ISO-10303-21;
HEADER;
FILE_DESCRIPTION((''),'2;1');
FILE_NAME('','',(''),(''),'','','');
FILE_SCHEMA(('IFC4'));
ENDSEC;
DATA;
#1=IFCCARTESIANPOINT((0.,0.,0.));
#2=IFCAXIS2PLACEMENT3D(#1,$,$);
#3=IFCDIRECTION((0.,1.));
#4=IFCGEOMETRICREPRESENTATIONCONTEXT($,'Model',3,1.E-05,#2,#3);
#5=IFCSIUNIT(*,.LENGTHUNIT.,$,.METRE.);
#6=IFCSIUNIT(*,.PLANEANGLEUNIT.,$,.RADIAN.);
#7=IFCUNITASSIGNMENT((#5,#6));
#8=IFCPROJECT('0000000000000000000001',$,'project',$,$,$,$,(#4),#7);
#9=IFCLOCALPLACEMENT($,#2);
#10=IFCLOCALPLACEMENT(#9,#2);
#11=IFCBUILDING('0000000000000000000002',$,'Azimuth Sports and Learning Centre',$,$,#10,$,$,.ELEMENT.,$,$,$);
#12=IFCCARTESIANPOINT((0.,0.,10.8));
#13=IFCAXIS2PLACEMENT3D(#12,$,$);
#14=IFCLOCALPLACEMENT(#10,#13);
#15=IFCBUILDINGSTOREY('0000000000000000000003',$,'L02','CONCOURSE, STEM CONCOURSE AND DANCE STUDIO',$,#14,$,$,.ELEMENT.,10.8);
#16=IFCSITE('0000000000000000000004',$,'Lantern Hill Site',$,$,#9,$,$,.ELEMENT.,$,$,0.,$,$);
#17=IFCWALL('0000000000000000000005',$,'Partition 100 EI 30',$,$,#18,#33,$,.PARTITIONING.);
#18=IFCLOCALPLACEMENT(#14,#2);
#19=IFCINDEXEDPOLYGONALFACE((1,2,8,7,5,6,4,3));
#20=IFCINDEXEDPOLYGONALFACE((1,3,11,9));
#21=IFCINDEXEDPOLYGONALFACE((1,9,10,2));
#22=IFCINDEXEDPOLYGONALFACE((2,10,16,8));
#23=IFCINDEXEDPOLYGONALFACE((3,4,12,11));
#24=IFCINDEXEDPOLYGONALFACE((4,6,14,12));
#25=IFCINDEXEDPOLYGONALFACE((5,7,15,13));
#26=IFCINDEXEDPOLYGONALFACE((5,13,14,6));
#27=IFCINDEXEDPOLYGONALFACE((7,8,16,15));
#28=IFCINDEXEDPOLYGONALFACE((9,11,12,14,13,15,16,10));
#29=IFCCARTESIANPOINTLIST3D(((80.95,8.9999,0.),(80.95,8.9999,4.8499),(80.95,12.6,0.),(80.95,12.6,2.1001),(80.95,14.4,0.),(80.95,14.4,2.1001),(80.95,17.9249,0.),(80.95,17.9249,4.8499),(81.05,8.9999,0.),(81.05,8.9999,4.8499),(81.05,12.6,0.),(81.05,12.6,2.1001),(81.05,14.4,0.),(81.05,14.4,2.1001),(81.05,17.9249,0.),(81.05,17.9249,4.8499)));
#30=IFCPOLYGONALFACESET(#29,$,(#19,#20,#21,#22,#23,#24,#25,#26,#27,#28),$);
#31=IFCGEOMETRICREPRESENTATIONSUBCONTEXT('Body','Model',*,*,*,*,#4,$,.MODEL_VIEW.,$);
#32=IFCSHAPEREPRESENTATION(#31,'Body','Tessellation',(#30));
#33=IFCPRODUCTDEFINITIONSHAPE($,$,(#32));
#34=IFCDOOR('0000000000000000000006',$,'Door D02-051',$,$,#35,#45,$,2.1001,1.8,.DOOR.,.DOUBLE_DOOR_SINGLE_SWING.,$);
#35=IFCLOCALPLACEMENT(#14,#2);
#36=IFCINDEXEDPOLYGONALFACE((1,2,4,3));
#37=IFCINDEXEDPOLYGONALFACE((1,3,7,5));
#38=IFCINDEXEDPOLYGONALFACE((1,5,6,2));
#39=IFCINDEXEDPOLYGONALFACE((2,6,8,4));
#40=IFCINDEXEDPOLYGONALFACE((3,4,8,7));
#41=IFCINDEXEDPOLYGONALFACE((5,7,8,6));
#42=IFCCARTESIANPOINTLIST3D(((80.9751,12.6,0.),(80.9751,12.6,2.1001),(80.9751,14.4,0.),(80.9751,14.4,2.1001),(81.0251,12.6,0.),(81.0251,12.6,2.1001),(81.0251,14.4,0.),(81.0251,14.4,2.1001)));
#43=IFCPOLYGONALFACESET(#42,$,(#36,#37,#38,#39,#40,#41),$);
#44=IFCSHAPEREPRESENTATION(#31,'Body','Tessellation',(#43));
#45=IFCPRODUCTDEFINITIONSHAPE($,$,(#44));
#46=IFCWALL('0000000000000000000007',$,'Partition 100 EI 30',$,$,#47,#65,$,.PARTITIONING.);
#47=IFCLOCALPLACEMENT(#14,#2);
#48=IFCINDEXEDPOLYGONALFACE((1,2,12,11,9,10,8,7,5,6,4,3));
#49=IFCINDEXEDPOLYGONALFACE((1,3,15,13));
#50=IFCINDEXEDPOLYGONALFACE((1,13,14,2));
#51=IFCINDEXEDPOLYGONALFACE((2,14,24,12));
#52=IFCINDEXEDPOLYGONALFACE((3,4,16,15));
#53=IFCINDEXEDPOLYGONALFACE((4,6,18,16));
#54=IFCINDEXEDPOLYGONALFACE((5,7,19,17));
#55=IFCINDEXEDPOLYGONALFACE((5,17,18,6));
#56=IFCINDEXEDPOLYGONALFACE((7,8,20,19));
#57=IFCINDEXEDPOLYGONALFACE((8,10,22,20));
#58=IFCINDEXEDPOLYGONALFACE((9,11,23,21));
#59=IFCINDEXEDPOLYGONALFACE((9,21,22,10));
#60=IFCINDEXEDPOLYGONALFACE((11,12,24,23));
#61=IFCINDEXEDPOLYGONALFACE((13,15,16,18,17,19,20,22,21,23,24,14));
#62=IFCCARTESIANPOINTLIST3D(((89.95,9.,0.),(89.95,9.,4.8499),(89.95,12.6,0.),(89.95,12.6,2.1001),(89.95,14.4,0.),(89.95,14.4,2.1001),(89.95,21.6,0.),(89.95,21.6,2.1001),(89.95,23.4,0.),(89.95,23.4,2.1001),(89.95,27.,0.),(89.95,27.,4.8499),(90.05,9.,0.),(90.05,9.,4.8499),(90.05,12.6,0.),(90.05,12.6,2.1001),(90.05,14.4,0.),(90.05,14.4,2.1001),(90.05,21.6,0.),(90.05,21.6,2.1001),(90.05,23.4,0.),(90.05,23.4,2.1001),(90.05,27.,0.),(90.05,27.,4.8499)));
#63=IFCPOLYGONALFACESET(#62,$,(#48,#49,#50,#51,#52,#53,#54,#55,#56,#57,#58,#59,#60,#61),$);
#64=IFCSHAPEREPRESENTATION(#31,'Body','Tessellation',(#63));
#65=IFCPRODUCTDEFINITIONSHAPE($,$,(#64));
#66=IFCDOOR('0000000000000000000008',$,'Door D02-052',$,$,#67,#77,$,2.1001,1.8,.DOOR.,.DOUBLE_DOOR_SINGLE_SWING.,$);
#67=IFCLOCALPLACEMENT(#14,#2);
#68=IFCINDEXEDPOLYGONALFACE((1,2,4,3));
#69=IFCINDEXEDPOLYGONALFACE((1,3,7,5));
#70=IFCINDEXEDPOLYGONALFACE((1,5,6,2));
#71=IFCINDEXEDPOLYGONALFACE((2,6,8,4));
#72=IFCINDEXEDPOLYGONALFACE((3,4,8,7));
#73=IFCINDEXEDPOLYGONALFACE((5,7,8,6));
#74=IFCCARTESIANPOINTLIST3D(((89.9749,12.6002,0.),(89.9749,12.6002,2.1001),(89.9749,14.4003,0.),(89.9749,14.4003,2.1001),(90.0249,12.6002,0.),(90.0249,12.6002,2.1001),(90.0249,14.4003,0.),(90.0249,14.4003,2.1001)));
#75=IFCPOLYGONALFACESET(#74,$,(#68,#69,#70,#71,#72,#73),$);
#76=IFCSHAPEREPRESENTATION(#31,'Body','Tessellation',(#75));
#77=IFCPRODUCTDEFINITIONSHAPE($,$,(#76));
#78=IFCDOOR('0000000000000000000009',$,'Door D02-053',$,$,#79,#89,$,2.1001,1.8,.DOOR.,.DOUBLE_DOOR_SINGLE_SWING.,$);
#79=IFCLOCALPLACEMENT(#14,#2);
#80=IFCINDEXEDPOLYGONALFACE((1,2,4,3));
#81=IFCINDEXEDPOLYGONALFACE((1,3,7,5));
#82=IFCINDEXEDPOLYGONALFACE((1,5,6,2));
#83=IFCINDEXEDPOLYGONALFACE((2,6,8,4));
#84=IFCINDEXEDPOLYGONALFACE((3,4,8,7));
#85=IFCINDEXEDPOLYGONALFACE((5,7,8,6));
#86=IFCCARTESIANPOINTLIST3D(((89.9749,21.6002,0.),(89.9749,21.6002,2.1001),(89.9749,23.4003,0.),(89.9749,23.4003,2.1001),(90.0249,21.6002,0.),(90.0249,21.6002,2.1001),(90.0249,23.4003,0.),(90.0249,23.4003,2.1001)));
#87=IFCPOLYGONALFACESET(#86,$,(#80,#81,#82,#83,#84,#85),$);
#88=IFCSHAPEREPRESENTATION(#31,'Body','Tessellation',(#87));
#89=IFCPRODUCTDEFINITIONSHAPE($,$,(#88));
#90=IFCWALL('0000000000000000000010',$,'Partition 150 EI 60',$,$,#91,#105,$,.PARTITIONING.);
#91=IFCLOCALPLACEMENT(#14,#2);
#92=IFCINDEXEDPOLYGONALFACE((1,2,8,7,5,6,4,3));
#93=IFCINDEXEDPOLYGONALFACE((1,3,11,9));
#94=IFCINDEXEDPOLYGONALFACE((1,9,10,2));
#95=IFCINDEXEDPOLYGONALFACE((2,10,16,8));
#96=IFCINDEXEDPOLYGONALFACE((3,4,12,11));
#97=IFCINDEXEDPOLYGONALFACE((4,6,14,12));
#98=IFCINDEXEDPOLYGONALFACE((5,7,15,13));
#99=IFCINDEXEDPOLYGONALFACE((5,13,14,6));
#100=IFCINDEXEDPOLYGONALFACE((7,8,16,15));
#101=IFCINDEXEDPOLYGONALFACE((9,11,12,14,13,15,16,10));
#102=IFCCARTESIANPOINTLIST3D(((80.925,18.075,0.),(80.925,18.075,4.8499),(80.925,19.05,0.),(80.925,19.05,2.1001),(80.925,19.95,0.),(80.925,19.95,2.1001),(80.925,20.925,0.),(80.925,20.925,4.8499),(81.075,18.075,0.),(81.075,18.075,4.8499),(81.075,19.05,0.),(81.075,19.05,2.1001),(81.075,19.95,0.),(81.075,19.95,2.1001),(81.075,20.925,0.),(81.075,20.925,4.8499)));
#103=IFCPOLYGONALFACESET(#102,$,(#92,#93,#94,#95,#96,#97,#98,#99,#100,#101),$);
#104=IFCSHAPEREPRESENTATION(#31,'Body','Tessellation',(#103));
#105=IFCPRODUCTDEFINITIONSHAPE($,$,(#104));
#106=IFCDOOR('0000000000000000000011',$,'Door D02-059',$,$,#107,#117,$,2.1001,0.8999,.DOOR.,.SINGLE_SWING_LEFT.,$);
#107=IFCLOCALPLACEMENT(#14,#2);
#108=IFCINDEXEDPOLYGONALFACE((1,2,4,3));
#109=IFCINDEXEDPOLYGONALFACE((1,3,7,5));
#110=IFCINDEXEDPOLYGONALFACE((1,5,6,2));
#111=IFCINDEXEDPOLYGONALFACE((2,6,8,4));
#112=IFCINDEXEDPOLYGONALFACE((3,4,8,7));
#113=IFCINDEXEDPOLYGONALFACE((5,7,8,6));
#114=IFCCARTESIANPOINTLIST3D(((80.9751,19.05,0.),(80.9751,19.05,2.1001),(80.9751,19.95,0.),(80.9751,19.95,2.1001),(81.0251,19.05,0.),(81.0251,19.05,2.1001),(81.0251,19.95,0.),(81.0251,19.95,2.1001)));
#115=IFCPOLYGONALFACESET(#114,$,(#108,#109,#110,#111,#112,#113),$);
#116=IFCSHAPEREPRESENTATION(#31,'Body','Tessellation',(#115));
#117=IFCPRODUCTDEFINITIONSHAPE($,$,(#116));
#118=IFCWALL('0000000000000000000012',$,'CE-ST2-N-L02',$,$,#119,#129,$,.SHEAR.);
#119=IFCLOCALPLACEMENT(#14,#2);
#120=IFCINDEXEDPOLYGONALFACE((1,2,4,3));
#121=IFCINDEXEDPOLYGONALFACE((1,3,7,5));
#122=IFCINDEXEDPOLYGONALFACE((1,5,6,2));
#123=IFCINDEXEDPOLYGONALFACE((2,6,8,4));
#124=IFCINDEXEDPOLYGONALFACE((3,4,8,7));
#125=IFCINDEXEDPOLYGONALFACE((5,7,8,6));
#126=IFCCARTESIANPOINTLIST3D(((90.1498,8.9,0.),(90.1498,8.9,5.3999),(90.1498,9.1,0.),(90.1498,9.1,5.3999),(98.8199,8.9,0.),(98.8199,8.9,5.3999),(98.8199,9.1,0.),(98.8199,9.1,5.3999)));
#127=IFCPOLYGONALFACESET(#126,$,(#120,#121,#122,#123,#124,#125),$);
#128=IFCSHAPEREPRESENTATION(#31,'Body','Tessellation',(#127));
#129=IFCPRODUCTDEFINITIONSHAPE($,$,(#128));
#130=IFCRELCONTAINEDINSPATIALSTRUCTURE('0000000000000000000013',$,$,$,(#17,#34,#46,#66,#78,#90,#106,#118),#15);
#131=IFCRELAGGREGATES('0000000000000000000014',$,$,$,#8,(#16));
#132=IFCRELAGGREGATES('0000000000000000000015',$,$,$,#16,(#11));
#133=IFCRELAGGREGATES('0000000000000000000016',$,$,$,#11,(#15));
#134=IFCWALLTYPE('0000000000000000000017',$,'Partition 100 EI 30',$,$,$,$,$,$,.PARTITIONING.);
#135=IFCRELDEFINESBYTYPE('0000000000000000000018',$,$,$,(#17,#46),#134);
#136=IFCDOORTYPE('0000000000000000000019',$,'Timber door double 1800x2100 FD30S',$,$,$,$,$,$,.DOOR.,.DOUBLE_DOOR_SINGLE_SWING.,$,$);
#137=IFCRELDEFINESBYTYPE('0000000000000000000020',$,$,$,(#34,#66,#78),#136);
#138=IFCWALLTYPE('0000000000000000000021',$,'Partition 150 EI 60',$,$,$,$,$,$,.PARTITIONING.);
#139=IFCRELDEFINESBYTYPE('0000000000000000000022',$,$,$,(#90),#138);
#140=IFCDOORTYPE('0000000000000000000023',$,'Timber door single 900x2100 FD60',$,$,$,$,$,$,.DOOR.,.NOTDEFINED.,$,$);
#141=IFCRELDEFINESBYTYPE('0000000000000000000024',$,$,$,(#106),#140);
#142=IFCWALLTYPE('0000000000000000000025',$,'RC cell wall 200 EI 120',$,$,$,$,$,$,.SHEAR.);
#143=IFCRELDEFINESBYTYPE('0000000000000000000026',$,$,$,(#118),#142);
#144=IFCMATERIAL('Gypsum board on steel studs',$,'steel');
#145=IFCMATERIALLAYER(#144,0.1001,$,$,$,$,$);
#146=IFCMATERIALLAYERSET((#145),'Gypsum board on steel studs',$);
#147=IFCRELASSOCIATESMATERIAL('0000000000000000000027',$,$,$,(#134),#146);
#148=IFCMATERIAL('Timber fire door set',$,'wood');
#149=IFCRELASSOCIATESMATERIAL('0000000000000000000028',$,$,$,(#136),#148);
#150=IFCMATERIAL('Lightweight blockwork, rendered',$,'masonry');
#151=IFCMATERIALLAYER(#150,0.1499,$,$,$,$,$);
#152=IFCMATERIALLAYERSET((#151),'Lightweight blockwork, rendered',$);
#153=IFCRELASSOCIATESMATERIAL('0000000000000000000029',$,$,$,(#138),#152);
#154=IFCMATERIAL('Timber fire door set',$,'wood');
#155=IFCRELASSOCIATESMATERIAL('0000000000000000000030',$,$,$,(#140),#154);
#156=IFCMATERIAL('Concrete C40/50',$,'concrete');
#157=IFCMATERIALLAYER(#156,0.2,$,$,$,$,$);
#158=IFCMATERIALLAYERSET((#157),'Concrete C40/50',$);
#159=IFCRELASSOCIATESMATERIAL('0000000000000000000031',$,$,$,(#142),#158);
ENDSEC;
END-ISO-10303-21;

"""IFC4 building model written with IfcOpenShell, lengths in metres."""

from ifc_helpers import new_model, si_unit, direction, frame, frame_2d, origin, place, context, subcontext, project, spatial, rectangle, extrude, material, layer, layer_set, type_object, element, fill, save


model = new_model("IFC4")

# Units and contexts
model_context = context("Model", 3, precision=1e-05, world=origin(), true_north=direction((0.0, 1.0)))
body_context = subcontext(model_context, "Body", "Model", "MODEL_VIEW")
ifc_project = project(units=[si_unit("LENGTHUNIT", "METRE"), si_unit("PLANEANGLEUNIT", "RADIAN")], contexts=[model_context])

# Site, building, storey
site_placement = place(None, origin())
site = spatial("IfcSite", under=ifc_project, at=site_placement, Name="Lantern Hill Site", CompositionType="ELEMENT", RefElevation=0.0)
building_placement = place(site_placement, origin())
building = spatial("IfcBuilding", under=site, at=building_placement, Name="Azimuth Sports and Learning Centre", CompositionType="ELEMENT")
storey_placement = place(building_placement, frame((0.0, 0.0, 10.8)))
storey = spatial("IfcBuildingStorey", under=building, at=storey_placement, Name="L02", Description="CONCOURSE, STEM CONCOURSE AND DANCE STUDIO", CompositionType="ELEMENT", Elevation=10.8)

# Wall, opening, door
ifc_material_1 = material(Name="Gypsum board on steel studs", Category="steel")
ifc_layer_1 = layer(ifc_material_1, 0.1001)
ifc_layer_set_1 = layer_set([ifc_layer_1], Name="Gypsum board on steel studs")
wall_type_1 = type_object("IfcWallType", Name="Partition 100 EI 30", PredefinedType="PARTITIONING", material=ifc_layer_set_1)
wall_1_placement = place(storey_placement, frame((81.0, 9.0, 0.0), z_axis=(0.0, 0.0, 1.0), x_axis=(0.0, 1.0, 0.0)))
wall_1 = element("IfcWall", 1, at=wall_1_placement, inside=storey, type_object=wall_type_1, Name="Partition 100 EI 30", PredefinedType="PARTITIONING", context=body_context, shape_type="SweptSolid", body=[
    extrude(rectangle(XDim=8.925, YDim=0.1001, at=frame_2d((4.4624, 0.0))), origin(), (0.0, 0.0, 1.0), 4.8499),
])
opening_1_placement = place(wall_1_placement, frame((3.6001, 0.0, 0.0)))
opening_1 = element("IfcOpeningElement", 2, at=opening_1_placement, cuts=wall_1, PredefinedType="OPENING", context=body_context, shape_type="SweptSolid", body=[
    extrude(rectangle(XDim=1.8, YDim=2.1001, at=frame_2d((0.8999, 1.05))), frame((0.0, 0.061, 0.0), z_axis=(0.0, -1.0, 0.0), x_axis=(1.0, 0.0, 0.0)), (0.0, 0.0, 1.0), 0.1221),
])
ifc_material_2 = material(Name="Timber fire door set", Category="wood")
door_type_1 = type_object("IfcDoorType", Name="Timber door double 1800x2100 FD30S", OperationType="DOUBLE_DOOR_SINGLE_SWING", PredefinedType="DOOR", material=ifc_material_2)
door_1_placement = place(opening_1_placement, origin())
door_1 = element("IfcDoor", 3, at=door_1_placement, inside=storey, type_object=door_type_1, Name="Door D02-051", OperationType="DOUBLE_DOOR_SINGLE_SWING", OverallHeight=2.1001, OverallWidth=1.8, PredefinedType="DOOR", context=body_context, shape_type="SweptSolid", body=[
    extrude(rectangle(XDim=1.8, YDim=2.1001, at=frame_2d((0.8999, 1.05))), frame((0.0, 0.0249, 0.0), z_axis=(0.0, -1.0, 0.0), x_axis=(1.0, 0.0, 0.0)), (0.0, 0.0, 1.0), 0.05),
])
fill(opening_1, door_1)

# Wall, openings, doors
wall_2_placement = place(storey_placement, frame((90.0, 9.0, 0.0), z_axis=(0.0, 0.0, 1.0), x_axis=(0.0, 1.0, 0.0)))
wall_2 = element("IfcWall", 4, at=wall_2_placement, inside=storey, type_object=wall_type_1, Name="Partition 100 EI 30", PredefinedType="PARTITIONING", context=body_context, shape_type="SweptSolid", body=[
    extrude(rectangle(XDim=18.0, YDim=0.1001, at=frame_2d((9.0, 0.0))), origin(), (0.0, 0.0, 1.0), 4.8499),
])
opening_2_placement = place(wall_2_placement, frame((3.6001, 0.0, 0.0)))
opening_2 = element("IfcOpeningElement", 5, at=opening_2_placement, cuts=wall_2, PredefinedType="OPENING", context=body_context, shape_type="SweptSolid", body=[
    extrude(rectangle(XDim=1.8, YDim=2.1001, at=frame_2d((0.8999, 1.05))), frame((0.0, 0.061, 0.0), z_axis=(0.0, -1.0, 0.0), x_axis=(1.0, 0.0, 0.0)), (0.0, 0.0, 1.0), 0.1221),
])
opening_3_placement = place(wall_2_placement, frame((12.6001, 0.0, 0.0)))
opening_3 = element("IfcOpeningElement", 6, at=opening_3_placement, cuts=wall_2, PredefinedType="OPENING", context=body_context, shape_type="SweptSolid", body=[
    extrude(rectangle(XDim=1.8, YDim=2.1001, at=frame_2d((0.8999, 1.05))), frame((0.0, 0.061, 0.0), z_axis=(0.0, -1.0, 0.0), x_axis=(1.0, 0.0, 0.0)), (0.0, 0.0, 1.0), 0.1221),
])
door_2_placement = place(opening_2_placement, frame((1.8, 0.0, 0.0), z_axis=(0.0, 0.0, 1.0), x_axis=(-1.0, 0.0, 0.0)))
door_2 = element("IfcDoor", 7, at=door_2_placement, inside=storey, type_object=door_type_1, Name="Door D02-052", OperationType="DOUBLE_DOOR_SINGLE_SWING", OverallHeight=2.1001, OverallWidth=1.8, PredefinedType="DOOR", context=body_context, shape_type="SweptSolid", body=[
    extrude(rectangle(XDim=1.8, YDim=2.1001, at=frame_2d((0.8999, 1.05))), frame((0.0, 0.0249, 0.0), z_axis=(0.0, -1.0, 0.0), x_axis=(1.0, 0.0, 0.0)), (0.0, 0.0, 1.0), 0.05),
])
fill(opening_2, door_2)
door_3_placement = place(opening_3_placement, frame((1.8, 0.0, 0.0), z_axis=(0.0, 0.0, 1.0), x_axis=(-1.0, 0.0, 0.0)))
door_3 = element("IfcDoor", 8, at=door_3_placement, inside=storey, type_object=door_type_1, Name="Door D02-053", OperationType="DOUBLE_DOOR_SINGLE_SWING", OverallHeight=2.1001, OverallWidth=1.8, PredefinedType="DOOR", context=body_context, shape_type="SweptSolid", body=[
    extrude(rectangle(XDim=1.8, YDim=2.1001, at=frame_2d((0.8999, 1.05))), frame((0.0, 0.0249, 0.0), z_axis=(0.0, -1.0, 0.0), x_axis=(1.0, 0.0, 0.0)), (0.0, 0.0, 1.0), 0.05),
])
fill(opening_3, door_3)

# Wall, opening, door
ifc_material_3 = material(Name="Lightweight blockwork, rendered", Category="masonry")
ifc_layer_2 = layer(ifc_material_3, 0.1499)
ifc_layer_set_2 = layer_set([ifc_layer_2], Name="Lightweight blockwork, rendered")
wall_type_2 = type_object("IfcWallType", Name="Partition 150 EI 60", PredefinedType="PARTITIONING", material=ifc_layer_set_2)
wall_3_placement = place(storey_placement, frame((81.0, 18.075, 0.0), z_axis=(0.0, 0.0, 1.0), x_axis=(0.0, 1.0, 0.0)))
wall_3 = element("IfcWall", 9, at=wall_3_placement, inside=storey, type_object=wall_type_2, Name="Partition 150 EI 60", PredefinedType="PARTITIONING", context=body_context, shape_type="SweptSolid", body=[
    extrude(rectangle(XDim=2.8501, YDim=0.1499, at=frame_2d((1.425, 0.0))), origin(), (0.0, 0.0, 1.0), 4.8499),
])
opening_4_placement = place(wall_3_placement, frame((0.9751, 0.0, 0.0)))
opening_4 = element("IfcOpeningElement", 10, at=opening_4_placement, cuts=wall_3, PredefinedType="OPENING", context=body_context, shape_type="SweptSolid", body=[
    extrude(rectangle(XDim=0.8999, YDim=2.1001, at=frame_2d((0.45, 1.05))), frame((0.0, 0.0859, 0.0), z_axis=(0.0, -1.0, 0.0), x_axis=(1.0, 0.0, 0.0)), (0.0, 0.0, 1.0), 0.1719),
])
ifc_material_4 = material(Name="Timber fire door set", Category="wood")
door_type_2 = type_object("IfcDoorType", Name="Timber door single 900x2100 FD60", OperationType="NOTDEFINED", PredefinedType="DOOR", material=ifc_material_4)
door_4_placement = place(opening_4_placement, origin())
door_4 = element("IfcDoor", 11, at=door_4_placement, inside=storey, type_object=door_type_2, Name="Door D02-059", OperationType="SINGLE_SWING_LEFT", OverallHeight=2.1001, OverallWidth=0.8999, PredefinedType="DOOR", context=body_context, shape_type="SweptSolid", body=[
    extrude(rectangle(XDim=0.8999, YDim=2.1001, at=frame_2d((0.45, 1.05))), frame((0.0, 0.0249, 0.0), z_axis=(0.0, -1.0, 0.0), x_axis=(1.0, 0.0, 0.0)), (0.0, 0.0, 1.0), 0.05),
])
fill(opening_4, door_4)

# Wall
ifc_material_5 = material(Name="Concrete C40/50", Category="concrete")
ifc_layer_3 = layer(ifc_material_5, 0.2)
ifc_layer_set_3 = layer_set([ifc_layer_3], Name="Concrete C40/50")
wall_type_3 = type_object("IfcWallType", Name="RC cell wall 200 EI 120", PredefinedType="SHEAR", material=ifc_layer_set_3)
wall_4_placement = place(storey_placement, frame((90.1499, 9.0, 0.0), z_axis=(0.0, 0.0, 1.0), x_axis=(1.0, 0.0, 0.0)))
element("IfcWall", 12, at=wall_4_placement, inside=storey, type_object=wall_type_3, Name="CE-ST2-N-L02", PredefinedType="SHEAR", context=body_context, shape_type="SweptSolid", body=[
    extrude(rectangle(XDim=8.6702, YDim=0.2, at=frame_2d((4.335, 0.0))), origin(), (0.0, 0.0, 1.0), 5.3999),
])

save(model, "model.ifc")
